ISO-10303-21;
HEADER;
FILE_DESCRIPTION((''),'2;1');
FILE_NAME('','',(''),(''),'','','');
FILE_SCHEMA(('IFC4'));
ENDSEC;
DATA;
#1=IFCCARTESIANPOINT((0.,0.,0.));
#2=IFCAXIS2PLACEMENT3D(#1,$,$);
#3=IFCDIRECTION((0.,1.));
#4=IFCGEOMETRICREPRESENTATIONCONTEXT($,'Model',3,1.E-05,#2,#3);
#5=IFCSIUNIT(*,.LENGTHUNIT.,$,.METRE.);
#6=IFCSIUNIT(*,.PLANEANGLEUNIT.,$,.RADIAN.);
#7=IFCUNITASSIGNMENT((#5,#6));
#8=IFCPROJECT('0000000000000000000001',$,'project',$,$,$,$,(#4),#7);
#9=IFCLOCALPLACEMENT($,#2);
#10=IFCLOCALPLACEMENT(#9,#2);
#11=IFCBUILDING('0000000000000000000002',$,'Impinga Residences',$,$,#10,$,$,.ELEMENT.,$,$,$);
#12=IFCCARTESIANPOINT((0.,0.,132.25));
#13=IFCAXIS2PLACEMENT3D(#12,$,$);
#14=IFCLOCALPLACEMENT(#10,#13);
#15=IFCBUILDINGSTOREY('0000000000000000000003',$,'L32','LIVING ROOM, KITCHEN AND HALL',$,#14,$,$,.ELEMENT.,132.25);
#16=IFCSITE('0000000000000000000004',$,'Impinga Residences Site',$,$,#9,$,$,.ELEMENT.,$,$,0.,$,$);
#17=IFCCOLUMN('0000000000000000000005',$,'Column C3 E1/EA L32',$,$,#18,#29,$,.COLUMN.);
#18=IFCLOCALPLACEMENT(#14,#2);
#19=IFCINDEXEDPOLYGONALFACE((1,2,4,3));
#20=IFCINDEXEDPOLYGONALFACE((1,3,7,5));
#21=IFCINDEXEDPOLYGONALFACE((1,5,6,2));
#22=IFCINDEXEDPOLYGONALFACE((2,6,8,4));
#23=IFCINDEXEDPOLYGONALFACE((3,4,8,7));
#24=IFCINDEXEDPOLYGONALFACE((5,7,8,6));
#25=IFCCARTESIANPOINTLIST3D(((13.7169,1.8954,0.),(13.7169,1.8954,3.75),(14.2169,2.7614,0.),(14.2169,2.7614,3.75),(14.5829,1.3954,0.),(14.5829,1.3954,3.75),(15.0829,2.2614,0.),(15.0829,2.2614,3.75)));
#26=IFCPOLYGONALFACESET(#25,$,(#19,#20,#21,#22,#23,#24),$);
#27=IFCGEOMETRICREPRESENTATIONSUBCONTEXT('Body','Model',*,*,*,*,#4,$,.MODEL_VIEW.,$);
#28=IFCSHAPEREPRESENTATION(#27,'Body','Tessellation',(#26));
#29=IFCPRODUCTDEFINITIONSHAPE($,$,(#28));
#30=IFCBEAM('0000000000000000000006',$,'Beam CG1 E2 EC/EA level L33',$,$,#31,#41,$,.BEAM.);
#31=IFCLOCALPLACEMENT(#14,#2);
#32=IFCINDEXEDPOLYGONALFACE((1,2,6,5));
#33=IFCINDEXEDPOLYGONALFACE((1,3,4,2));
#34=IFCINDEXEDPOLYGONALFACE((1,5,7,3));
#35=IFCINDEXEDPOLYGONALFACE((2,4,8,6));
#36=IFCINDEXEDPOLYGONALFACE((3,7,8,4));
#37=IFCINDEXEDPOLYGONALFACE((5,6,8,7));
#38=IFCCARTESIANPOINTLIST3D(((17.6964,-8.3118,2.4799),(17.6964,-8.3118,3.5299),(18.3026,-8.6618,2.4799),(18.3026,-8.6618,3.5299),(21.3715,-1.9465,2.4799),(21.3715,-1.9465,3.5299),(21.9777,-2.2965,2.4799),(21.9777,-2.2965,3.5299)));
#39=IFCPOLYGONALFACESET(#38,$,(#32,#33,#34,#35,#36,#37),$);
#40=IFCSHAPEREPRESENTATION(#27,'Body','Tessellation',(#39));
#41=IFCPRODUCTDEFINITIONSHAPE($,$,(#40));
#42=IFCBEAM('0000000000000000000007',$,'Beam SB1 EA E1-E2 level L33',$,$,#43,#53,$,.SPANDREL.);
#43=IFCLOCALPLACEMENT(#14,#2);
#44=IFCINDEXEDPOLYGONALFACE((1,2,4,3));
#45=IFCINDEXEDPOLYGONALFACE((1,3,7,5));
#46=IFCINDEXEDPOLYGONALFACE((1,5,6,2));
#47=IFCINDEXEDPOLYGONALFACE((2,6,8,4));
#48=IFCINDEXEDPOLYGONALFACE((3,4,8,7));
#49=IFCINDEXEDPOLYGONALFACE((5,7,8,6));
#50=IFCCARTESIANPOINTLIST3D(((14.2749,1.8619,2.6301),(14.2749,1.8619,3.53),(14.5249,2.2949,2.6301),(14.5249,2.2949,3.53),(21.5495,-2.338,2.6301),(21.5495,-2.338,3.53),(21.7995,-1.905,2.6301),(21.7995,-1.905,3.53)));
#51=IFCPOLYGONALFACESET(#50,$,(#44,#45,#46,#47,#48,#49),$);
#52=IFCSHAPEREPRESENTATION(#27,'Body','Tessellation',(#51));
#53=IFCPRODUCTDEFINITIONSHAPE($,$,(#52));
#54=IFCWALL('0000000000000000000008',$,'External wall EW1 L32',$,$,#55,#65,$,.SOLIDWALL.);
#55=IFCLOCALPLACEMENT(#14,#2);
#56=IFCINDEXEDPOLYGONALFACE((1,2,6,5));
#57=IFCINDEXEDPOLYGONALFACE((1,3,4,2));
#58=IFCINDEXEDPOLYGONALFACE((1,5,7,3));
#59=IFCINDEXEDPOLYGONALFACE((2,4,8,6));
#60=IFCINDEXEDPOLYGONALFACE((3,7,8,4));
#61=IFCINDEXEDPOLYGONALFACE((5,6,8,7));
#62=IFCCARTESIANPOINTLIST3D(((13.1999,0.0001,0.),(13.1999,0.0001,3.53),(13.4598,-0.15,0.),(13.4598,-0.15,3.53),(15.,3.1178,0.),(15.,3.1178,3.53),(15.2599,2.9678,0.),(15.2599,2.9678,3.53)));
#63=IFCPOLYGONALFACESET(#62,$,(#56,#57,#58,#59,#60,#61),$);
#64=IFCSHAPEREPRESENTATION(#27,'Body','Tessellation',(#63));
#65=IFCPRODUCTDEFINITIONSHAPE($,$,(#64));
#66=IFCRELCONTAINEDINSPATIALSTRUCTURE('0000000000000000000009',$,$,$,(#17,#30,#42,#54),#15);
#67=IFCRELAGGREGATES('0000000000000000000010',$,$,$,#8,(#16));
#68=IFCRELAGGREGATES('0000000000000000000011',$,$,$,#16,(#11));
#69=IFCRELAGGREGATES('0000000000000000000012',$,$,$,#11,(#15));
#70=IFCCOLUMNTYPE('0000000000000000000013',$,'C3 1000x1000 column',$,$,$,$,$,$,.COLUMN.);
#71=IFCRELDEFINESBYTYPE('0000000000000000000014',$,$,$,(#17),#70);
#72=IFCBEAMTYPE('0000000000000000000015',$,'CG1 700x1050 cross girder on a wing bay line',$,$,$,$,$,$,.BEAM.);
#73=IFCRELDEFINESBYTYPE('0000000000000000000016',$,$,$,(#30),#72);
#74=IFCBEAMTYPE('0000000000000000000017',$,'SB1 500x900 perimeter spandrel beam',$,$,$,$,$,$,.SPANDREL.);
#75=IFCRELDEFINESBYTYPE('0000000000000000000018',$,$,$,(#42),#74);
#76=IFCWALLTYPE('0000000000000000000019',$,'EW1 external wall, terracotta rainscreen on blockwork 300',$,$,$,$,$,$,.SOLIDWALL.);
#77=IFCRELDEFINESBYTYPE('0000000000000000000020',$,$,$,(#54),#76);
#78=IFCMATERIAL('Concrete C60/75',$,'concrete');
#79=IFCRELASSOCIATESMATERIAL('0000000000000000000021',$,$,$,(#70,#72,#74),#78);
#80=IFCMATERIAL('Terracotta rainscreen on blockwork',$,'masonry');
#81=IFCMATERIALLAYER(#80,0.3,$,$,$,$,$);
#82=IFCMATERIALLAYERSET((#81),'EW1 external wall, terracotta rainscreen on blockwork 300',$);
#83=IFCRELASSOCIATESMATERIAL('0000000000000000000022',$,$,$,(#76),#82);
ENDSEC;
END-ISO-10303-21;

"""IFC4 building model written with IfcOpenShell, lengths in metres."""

from ifc_helpers import new_model, si_unit, direction, frame, frame_2d, origin, origin_2d, place, context, subcontext, project, spatial, rectangle, extrude, material, layer, layer_set, material_profile, profile_set, type_object, element, save


model = new_model("IFC4")

# Units and contexts
model_context = context("Model", 3, precision=1e-05, world=origin(), true_north=direction((0.0, 1.0)))
body_context = subcontext(model_context, "Body", "Model", "MODEL_VIEW")
ifc_project = project(units=[si_unit("LENGTHUNIT", "METRE"), si_unit("PLANEANGLEUNIT", "RADIAN")], contexts=[model_context])

# Site, building, storey
site_placement = place(None, origin())
site = spatial("IfcSite", under=ifc_project, at=site_placement, Name="Impinga Residences Site", CompositionType="ELEMENT", RefElevation=0.0)
building_placement = place(site_placement, origin())
building = spatial("IfcBuilding", under=site, at=building_placement, Name="Impinga Residences", CompositionType="ELEMENT")
storey_placement = place(building_placement, frame((0.0, 0.0, 132.25)))
storey = spatial("IfcBuildingStorey", under=building, at=storey_placement, Name="L32", Description="LIVING ROOM, KITCHEN AND HALL", CompositionType="ELEMENT", Elevation=132.25)

# Column
ifc_material_1 = material(Name="Concrete C60/75", Category="concrete")
ifc_material_profile_1 = material_profile(ifc_material_1, rectangle(XDim=1.0, YDim=1.0, at=origin_2d()), Name="RC 1000x1000")
ifc_profile_set_1 = profile_set([ifc_material_profile_1], Name="Concrete C60/75")
column_type = type_object("IfcColumnType", Name="C3 1000x1000 column", PredefinedType="COLUMN", material=ifc_profile_set_1)
column_placement = place(storey_placement, frame((14.3999, 2.0784, 0.0), z_axis=(0.0, 0.0, 1.0), x_axis=(-0.5, -0.866025, 0.0)))
element("IfcColumn", 1, at=column_placement, inside=storey, type_object=column_type, Name="Column C3 E1/EA L32", PredefinedType="COLUMN", context=body_context, shape_type="SweptSolid", body=[
    extrude(rectangle(XDim=1.0, YDim=1.0, at=origin_2d()), origin(), (0.0, 0.0, 1.0), 3.75),
])

# Beams
ifc_material_profile_2 = material_profile(ifc_material_1, rectangle(XDim=0.7, YDim=1.05, at=origin_2d()), Name="RC 700x1050")
ifc_profile_set_2 = profile_set([ifc_material_profile_2], Name="Concrete C60/75")
beam_type_1 = type_object("IfcBeamType", Name="CG1 700x1050 cross girder on a wing bay line", PredefinedType="BEAM", material=ifc_profile_set_2)
beam_1_placement = place(storey_placement, frame((17.9995, -8.4868, 3.0049), z_axis=(0.500008, 0.866021, 0.0), x_axis=(-0.866021, 0.500008, 0.0)))
element("IfcBeam", 2, at=beam_1_placement, inside=storey, type_object=beam_type_1, Name="Beam CG1 E2 EC/EA level L33", PredefinedType="BEAM", context=body_context, shape_type="SweptSolid", body=[
    extrude(rectangle(XDim=0.7, YDim=1.05, at=origin_2d()), origin(), (0.0, 0.0, 1.0), 7.3501),
])
ifc_material_profile_3 = material_profile(ifc_material_1, rectangle(XDim=0.5, YDim=0.8999, at=origin_2d()), Name="RC 500x900")
ifc_profile_set_3 = profile_set([ifc_material_profile_3], Name="Concrete C60/75")
beam_type_2 = type_object("IfcBeamType", Name="SB1 500x900 perimeter spandrel beam", PredefinedType="SPANDREL", material=ifc_profile_set_3)
beam_2_placement = place(storey_placement, frame((14.3999, 2.0784, 3.0801), z_axis=(0.866029, -0.499993, 0.0), x_axis=(0.499993, 0.866029, 0.0)))
element("IfcBeam", 3, at=beam_2_placement, inside=storey, type_object=beam_type_2, Name="Beam SB1 EA E1-E2 level L33", PredefinedType="SPANDREL", context=body_context, shape_type="SweptSolid", body=[
    extrude(rectangle(XDim=0.5, YDim=0.8999, at=origin_2d()), origin(), (0.0, 0.0, 1.0), 8.3999),
])

# Wall
ifc_material_2 = material(Name="Terracotta rainscreen on blockwork", Category="masonry")
ifc_layer_1 = layer(ifc_material_2, 0.3)
ifc_layer_set_1 = layer_set([ifc_layer_1], Name="EW1 external wall, terracotta rainscreen on blockwork 300")
wall_type_1 = type_object("IfcWallType", Name="EW1 external wall, terracotta rainscreen on blockwork 300", PredefinedType="SOLIDWALL", material=ifc_layer_set_1)
wall_1_placement = place(storey_placement, frame((13.3298, -0.075, 0.0), z_axis=(0.0, 0.0, 1.0), x_axis=(0.500012, 0.866018, 0.0)))
element("IfcWall", 4, at=wall_1_placement, inside=storey, type_object=wall_type_1, Name="External wall EW1 L32", PredefinedType="SOLIDWALL", context=body_context, shape_type="SweptSolid", body=[
    extrude(rectangle(XDim=3.6001, YDim=0.3, at=frame_2d((1.8, 0.0))), origin(), (0.0, 0.0, 1.0), 3.53),
])

save(model, "model.ifc")
